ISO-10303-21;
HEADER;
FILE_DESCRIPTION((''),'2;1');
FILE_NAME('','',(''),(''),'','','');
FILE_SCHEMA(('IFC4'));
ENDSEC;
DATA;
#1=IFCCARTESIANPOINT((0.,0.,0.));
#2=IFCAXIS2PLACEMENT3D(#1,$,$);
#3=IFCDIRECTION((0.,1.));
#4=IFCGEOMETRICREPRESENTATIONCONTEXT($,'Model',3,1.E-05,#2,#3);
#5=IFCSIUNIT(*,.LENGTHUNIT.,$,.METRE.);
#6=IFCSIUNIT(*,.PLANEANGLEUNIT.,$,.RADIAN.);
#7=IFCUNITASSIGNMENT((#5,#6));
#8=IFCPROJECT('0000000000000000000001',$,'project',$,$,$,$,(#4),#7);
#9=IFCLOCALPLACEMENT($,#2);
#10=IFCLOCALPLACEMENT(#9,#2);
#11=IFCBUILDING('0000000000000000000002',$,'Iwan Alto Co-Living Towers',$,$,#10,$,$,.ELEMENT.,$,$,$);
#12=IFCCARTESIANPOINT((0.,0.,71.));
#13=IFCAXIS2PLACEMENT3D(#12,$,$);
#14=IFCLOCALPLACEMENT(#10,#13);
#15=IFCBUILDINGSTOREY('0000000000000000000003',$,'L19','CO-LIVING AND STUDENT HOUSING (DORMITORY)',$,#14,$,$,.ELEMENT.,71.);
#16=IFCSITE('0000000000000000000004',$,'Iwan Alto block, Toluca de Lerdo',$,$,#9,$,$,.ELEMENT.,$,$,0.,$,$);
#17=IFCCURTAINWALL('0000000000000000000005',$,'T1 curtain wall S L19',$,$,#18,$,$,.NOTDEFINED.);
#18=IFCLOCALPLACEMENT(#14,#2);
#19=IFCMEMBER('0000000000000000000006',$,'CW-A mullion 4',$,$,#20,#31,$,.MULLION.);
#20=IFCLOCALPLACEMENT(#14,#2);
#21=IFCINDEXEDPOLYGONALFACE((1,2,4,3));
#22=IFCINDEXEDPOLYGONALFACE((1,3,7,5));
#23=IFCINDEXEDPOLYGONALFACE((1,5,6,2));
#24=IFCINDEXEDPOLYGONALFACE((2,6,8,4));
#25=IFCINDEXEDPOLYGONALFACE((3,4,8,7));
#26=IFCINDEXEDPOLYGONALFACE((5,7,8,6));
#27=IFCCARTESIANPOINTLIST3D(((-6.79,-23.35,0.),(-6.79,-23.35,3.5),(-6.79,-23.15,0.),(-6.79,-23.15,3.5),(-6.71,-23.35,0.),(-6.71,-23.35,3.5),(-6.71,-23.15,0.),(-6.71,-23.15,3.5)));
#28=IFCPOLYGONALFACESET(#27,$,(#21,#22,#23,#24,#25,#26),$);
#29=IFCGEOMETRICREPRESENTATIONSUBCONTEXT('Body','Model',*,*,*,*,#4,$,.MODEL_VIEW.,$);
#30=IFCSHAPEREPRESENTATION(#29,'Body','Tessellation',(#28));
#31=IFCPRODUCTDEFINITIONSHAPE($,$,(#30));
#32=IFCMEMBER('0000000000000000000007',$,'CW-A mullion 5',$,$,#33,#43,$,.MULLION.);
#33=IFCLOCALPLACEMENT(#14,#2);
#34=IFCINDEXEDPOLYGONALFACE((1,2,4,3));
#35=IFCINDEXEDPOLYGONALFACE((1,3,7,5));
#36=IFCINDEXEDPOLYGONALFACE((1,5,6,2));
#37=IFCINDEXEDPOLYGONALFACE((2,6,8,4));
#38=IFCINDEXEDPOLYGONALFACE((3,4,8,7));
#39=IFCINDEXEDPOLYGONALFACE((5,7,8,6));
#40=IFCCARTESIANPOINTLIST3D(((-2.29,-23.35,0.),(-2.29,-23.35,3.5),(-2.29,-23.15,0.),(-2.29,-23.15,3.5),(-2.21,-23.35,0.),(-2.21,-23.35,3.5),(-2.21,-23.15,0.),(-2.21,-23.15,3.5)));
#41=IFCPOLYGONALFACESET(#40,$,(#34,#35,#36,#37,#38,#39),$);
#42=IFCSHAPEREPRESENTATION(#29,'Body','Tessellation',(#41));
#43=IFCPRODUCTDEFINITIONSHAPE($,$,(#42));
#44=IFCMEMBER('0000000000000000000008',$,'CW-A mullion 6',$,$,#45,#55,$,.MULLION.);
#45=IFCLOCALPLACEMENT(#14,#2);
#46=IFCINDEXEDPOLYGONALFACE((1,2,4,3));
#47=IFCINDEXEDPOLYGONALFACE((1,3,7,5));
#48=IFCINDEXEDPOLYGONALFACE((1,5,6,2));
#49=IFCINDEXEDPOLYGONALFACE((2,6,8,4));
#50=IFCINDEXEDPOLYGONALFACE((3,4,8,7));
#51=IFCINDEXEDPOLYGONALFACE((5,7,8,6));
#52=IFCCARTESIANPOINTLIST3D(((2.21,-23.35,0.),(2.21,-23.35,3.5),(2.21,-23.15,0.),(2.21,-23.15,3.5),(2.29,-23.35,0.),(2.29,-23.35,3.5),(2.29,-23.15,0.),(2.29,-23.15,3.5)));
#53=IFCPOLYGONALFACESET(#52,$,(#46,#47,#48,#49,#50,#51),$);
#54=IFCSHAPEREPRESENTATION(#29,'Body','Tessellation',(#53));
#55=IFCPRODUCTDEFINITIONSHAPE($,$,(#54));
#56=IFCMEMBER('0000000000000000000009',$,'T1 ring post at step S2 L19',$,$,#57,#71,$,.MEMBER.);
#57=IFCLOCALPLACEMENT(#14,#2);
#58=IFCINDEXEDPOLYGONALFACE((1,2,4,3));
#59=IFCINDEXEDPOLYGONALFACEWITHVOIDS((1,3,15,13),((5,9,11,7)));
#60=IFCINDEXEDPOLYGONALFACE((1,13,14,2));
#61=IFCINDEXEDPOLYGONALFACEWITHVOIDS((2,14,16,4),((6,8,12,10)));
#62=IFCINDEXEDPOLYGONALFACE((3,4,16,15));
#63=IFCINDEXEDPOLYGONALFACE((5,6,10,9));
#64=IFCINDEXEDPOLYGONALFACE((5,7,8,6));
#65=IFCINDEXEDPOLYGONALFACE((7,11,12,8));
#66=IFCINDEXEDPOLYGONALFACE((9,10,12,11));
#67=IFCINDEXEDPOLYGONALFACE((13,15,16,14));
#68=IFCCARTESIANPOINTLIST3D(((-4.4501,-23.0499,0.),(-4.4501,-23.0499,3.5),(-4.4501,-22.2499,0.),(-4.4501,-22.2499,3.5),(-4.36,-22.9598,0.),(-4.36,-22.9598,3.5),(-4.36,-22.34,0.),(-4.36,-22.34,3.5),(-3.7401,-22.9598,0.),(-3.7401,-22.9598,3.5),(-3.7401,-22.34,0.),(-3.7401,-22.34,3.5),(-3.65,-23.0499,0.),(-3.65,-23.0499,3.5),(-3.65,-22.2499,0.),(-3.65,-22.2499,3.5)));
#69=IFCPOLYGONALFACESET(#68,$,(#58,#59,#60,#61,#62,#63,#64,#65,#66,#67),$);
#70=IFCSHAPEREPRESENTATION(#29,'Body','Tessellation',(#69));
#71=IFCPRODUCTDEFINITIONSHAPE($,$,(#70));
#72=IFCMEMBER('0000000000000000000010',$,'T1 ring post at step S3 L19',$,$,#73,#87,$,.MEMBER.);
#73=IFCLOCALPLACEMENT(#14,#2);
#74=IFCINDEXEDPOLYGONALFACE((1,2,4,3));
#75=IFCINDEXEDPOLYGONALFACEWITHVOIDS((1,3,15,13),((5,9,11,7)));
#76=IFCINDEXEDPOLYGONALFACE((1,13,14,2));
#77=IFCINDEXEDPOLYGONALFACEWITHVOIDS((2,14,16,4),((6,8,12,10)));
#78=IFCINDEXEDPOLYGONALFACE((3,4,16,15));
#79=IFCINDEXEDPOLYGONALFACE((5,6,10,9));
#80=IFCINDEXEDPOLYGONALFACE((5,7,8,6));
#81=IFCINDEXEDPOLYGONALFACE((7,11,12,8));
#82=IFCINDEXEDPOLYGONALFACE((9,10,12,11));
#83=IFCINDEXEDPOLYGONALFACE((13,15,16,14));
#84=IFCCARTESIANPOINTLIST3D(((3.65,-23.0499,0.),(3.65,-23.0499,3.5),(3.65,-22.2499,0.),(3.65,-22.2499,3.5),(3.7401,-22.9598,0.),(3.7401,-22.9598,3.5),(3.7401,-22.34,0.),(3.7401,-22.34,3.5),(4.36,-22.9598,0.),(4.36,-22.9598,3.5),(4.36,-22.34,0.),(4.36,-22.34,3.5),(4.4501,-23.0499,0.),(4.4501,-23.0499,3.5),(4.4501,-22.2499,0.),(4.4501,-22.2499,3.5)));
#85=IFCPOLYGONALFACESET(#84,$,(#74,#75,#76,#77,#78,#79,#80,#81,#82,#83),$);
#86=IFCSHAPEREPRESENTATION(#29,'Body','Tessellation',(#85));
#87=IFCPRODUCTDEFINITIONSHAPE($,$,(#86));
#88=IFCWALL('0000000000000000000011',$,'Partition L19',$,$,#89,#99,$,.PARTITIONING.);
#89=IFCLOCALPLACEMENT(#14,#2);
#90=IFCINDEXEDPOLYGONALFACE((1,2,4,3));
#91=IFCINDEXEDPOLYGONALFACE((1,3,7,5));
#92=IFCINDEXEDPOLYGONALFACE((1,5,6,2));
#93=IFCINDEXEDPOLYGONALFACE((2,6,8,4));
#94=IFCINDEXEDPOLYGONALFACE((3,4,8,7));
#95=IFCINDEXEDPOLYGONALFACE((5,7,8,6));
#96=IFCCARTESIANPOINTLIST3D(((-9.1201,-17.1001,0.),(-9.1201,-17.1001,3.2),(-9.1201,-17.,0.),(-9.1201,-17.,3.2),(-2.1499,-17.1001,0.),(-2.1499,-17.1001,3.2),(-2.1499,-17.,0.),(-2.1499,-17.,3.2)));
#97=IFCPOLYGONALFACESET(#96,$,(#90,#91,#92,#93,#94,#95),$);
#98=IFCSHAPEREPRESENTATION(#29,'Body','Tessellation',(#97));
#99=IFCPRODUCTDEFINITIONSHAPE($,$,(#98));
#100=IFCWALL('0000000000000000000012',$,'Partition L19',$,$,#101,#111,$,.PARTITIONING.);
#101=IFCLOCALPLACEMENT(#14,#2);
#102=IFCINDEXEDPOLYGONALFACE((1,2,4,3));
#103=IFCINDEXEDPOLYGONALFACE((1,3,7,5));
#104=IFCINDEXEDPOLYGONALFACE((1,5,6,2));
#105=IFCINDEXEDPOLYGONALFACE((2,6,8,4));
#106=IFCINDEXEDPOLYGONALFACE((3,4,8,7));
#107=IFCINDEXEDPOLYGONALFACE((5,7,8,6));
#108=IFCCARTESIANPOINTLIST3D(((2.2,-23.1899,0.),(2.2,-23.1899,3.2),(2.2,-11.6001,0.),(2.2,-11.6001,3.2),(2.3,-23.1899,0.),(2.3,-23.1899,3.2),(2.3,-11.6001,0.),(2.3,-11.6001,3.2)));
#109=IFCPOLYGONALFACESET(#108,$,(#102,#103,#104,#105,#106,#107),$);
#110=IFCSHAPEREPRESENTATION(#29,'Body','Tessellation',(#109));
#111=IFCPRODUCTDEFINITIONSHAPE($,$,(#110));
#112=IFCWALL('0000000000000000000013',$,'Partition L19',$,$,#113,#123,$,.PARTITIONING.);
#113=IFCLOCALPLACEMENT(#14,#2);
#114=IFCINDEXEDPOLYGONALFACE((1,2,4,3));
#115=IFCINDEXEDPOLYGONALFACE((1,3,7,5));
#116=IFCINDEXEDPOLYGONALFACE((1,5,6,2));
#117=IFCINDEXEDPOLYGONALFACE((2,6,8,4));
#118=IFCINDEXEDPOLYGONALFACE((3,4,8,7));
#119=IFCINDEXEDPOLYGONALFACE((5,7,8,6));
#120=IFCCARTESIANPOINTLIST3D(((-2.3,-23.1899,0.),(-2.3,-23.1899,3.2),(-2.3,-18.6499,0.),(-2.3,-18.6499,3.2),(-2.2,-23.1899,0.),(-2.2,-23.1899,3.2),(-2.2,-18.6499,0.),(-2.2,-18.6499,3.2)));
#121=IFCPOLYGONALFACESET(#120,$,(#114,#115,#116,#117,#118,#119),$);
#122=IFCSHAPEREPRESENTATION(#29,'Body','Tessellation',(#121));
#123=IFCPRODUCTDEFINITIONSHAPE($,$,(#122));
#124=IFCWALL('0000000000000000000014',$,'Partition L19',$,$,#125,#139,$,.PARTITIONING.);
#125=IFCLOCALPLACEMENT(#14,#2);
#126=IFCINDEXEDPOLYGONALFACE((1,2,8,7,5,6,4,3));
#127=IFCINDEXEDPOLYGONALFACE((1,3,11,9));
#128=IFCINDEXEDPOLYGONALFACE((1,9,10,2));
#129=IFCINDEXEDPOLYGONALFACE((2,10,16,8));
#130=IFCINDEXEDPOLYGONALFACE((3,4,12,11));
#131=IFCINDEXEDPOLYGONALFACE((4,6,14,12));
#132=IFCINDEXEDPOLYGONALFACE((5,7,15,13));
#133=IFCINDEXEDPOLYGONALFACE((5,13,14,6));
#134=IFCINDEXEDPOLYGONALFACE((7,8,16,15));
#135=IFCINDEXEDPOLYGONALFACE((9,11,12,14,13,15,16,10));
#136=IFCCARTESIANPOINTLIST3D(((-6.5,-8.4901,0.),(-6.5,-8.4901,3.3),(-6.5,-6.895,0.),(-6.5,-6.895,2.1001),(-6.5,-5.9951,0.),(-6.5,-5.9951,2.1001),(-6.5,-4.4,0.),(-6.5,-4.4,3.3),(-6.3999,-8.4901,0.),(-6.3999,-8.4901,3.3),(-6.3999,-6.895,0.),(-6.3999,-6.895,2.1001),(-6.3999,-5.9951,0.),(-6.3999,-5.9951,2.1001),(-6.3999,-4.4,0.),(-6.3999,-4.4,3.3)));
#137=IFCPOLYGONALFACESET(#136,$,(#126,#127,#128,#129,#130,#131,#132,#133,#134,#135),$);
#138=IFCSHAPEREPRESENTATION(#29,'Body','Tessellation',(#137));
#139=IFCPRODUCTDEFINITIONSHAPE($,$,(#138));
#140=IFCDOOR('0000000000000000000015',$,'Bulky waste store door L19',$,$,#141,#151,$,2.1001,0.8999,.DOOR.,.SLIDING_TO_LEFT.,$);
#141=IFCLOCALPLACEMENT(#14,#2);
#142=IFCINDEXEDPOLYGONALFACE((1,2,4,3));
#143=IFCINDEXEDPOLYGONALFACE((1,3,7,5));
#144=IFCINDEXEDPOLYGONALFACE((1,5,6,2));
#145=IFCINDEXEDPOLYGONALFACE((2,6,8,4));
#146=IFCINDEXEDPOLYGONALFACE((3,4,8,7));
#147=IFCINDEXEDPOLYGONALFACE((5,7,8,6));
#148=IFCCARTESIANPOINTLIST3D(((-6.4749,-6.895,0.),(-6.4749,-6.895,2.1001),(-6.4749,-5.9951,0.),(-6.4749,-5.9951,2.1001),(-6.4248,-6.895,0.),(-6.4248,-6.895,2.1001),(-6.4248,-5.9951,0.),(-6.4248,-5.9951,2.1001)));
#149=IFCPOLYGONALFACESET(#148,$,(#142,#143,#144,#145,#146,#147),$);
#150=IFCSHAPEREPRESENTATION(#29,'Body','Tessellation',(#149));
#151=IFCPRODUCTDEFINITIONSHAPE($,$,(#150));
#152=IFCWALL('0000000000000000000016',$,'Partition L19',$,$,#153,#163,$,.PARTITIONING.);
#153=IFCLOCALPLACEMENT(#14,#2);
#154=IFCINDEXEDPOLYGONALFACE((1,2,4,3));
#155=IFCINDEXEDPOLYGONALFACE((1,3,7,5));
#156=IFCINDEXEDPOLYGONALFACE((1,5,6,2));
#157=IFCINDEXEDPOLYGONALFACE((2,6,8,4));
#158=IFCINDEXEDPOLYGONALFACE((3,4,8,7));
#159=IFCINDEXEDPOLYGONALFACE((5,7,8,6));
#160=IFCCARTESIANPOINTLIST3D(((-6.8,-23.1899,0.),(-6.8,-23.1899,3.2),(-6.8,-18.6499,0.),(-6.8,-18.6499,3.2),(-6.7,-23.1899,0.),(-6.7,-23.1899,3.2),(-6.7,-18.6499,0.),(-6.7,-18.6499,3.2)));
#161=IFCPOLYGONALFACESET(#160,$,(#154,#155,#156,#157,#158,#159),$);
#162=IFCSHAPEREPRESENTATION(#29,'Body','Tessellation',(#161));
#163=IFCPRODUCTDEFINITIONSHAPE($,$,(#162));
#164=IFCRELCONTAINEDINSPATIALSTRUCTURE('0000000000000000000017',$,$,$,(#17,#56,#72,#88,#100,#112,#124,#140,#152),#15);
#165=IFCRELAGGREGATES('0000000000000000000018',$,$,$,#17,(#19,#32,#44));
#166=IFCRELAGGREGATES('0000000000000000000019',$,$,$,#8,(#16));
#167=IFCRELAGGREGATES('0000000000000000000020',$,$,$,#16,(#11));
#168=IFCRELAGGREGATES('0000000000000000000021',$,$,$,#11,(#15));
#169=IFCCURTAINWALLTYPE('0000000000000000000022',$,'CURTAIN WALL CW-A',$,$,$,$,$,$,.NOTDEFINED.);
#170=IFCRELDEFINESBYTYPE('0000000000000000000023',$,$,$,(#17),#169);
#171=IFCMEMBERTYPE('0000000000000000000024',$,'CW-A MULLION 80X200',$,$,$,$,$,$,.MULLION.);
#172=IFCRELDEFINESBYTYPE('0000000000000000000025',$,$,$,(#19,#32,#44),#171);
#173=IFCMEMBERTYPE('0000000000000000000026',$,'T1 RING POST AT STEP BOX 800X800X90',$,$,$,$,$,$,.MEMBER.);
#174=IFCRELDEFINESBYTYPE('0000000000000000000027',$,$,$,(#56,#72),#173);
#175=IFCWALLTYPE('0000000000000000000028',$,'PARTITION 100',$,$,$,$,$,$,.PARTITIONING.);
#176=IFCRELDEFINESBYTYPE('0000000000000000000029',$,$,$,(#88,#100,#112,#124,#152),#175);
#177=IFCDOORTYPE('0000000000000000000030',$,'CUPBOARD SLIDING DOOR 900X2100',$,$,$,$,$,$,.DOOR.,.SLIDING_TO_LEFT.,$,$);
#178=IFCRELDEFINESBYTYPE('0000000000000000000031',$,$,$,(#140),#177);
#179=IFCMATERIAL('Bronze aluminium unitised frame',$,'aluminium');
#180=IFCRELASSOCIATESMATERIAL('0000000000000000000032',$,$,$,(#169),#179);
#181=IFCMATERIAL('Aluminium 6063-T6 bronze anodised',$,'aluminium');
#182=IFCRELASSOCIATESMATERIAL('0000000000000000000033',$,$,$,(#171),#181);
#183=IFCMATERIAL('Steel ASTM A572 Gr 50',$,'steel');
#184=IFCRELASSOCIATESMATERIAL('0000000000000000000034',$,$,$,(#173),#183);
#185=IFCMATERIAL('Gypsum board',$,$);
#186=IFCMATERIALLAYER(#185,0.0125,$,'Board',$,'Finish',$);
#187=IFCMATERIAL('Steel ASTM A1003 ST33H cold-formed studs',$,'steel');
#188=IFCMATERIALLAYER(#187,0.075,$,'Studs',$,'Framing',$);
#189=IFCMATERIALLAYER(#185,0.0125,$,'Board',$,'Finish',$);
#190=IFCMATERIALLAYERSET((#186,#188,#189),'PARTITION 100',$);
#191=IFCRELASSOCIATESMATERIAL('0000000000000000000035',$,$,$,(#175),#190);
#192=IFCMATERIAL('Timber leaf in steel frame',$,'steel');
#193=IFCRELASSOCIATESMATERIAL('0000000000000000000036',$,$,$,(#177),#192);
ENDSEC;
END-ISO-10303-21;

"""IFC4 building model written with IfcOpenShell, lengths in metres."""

from ifc_helpers import new_model, si_unit, direction, frame, frame_2d, origin, origin_2d, place, context, subcontext, project, spatial, rectangle, hollow_rectangle, extrude, material, layer, layer_set, material_profile, profile_set, type_object, element, fill, aggregate, save


model = new_model("IFC4")

# Units and contexts
model_context = context("Model", 3, precision=1e-05, world=origin(), true_north=direction((0.0, 1.0)))
body_context = subcontext(model_context, "Body", "Model", "MODEL_VIEW")
ifc_project = project(units=[si_unit("LENGTHUNIT", "METRE"), si_unit("PLANEANGLEUNIT", "RADIAN")], contexts=[model_context])

# Site, building, storey
site_placement = place(None, origin())
site = spatial("IfcSite", under=ifc_project, at=site_placement, Name="Iwan Alto block, Toluca de Lerdo", CompositionType="ELEMENT", RefElevation=0.0)
building_placement = place(site_placement, origin())
building = spatial("IfcBuilding", under=site, at=building_placement, Name="Iwan Alto Co-Living Towers", CompositionType="ELEMENT")
storey_placement = place(building_placement, frame((0.0, 0.0, 71.0)))
storey = spatial("IfcBuildingStorey", under=building, at=storey_placement, Name="L19", Description="CO-LIVING AND STUDENT HOUSING (DORMITORY)", CompositionType="ELEMENT", Elevation=71.0)

# Curtain wall, members
ifc_material_1 = material(Name="Bronze aluminium unitised frame", Category="aluminium")
curtain_wall_type = type_object("IfcCurtainWallType", Name="CURTAIN WALL CW-A", PredefinedType="NOTDEFINED", material=ifc_material_1)
curtain_wall_placement = place(storey_placement, origin())
curtain_wall = element("IfcCurtainWall", 1, at=curtain_wall_placement, inside=storey, type_object=curtain_wall_type, Name="T1 curtain wall S L19", PredefinedType="NOTDEFINED")
ifc_material_2 = material(Name="Aluminium 6063-T6 bronze anodised", Category="aluminium")
ifc_material_profile_1 = material_profile(ifc_material_2, rectangle(XDim=0.2, YDim=0.0801, at=origin_2d()), Name="AL 80X200")
ifc_profile_set_1 = profile_set([ifc_material_profile_1], Name="Aluminium 6063-T6 bronze anodised")
member_type_1 = type_object("IfcMemberType", Name="CW-A MULLION 80X200", PredefinedType="MULLION", material=ifc_profile_set_1)
member_1_placement = place(storey_placement, frame((-6.75, -23.25, 0.0), z_axis=(0.0, 0.0, 1.0), x_axis=(0.0, 1.0, 0.0)))
member_1 = element("IfcMember", 2, at=member_1_placement, type_object=member_type_1, Name="CW-A mullion 4", PredefinedType="MULLION", context=body_context, shape_type="SweptSolid", body=[
    extrude(rectangle(XDim=0.2, YDim=0.0801, at=origin_2d()), origin(), (0.0, 0.0, 1.0), 3.5),
])
member_2_placement = place(storey_placement, frame((-2.25, -23.25, 0.0), z_axis=(0.0, 0.0, 1.0), x_axis=(0.0, 1.0, 0.0)))
member_2 = element("IfcMember", 3, at=member_2_placement, type_object=member_type_1, Name="CW-A mullion 5", PredefinedType="MULLION", context=body_context, shape_type="SweptSolid", body=[
    extrude(rectangle(XDim=0.2, YDim=0.0801, at=origin_2d()), origin(), (0.0, 0.0, 1.0), 3.5),
])
member_3_placement = place(storey_placement, frame((2.25, -23.25, 0.0), z_axis=(0.0, 0.0, 1.0), x_axis=(0.0, 1.0, 0.0)))
member_3 = element("IfcMember", 4, at=member_3_placement, type_object=member_type_1, Name="CW-A mullion 6", PredefinedType="MULLION", context=body_context, shape_type="SweptSolid", body=[
    extrude(rectangle(XDim=0.2, YDim=0.0801, at=origin_2d()), origin(), (0.0, 0.0, 1.0), 3.5),
])
aggregate(curtain_wall, [member_1, member_2, member_3])

# Members
ifc_material_3 = material(Name="Steel ASTM A572 Gr 50", Category="steel")
ifc_material_profile_2 = material_profile(ifc_material_3, hollow_rectangle(XDim=0.8, YDim=0.8, WallThickness=0.0901, at=origin_2d()), Name="BOX 800X800X90")
ifc_profile_set_2 = profile_set([ifc_material_profile_2], Name="Steel ASTM A572 Gr 50")
member_type_2 = type_object("IfcMemberType", Name="T1 RING POST AT STEP BOX 800X800X90", PredefinedType="MEMBER", material=ifc_profile_set_2)
for number, where, z_axis, x_axis, name in (
    (5, (-4.05, -22.6499, 0.0), (0.0, 0.0, 1.0), (1.0, 0.0, 0.0), "T1 ring post at step S2 L19"),
    (6, (4.05, -22.6499, 0.0), (0.0, 0.0, 1.0), (1.0, 0.0, 0.0), "T1 ring post at step S3 L19"),
):
    element("IfcMember", number, at=place(storey_placement, frame(where, z_axis=z_axis, x_axis=x_axis)), inside=storey, type_object=member_type_2, Name=name, PredefinedType="MEMBER", context=body_context, shape_type="SweptSolid", body=[
        extrude(hollow_rectangle(XDim=0.8, YDim=0.8, WallThickness=0.0901, at=origin_2d()), origin(), (0.0, 0.0, 1.0), 3.5),
    ])

# Walls
ifc_material_4 = material(Name="Gypsum board")
ifc_layer_1 = layer(ifc_material_4, 0.0125, Name="Board", Category="Finish")
ifc_material_5 = material(Name="Steel ASTM A1003 ST33H cold-formed studs", Category="steel")
ifc_layer_2 = layer(ifc_material_5, 0.075, Name="Studs", Category="Framing")
ifc_layer_3 = layer(ifc_material_4, 0.0125, Name="Board", Category="Finish")
ifc_layer_set_1 = layer_set([ifc_layer_1, ifc_layer_2, ifc_layer_3], Name="PARTITION 100")
wall_type_1 = type_object("IfcWallType", Name="PARTITION 100", PredefinedType="PARTITIONING", material=ifc_layer_set_1)
wall_1_placement = place(storey_placement, frame((-9.1201, -17.05, 0.0), z_axis=(0.0, 0.0, 1.0), x_axis=(1.0, 0.0, 0.0)))
element("IfcWall", 7, at=wall_1_placement, inside=storey, type_object=wall_type_1, Name="Partition L19", PredefinedType="PARTITIONING", context=body_context, shape_type="SweptSolid", body=[
    extrude(rectangle(XDim=6.9702, YDim=0.1001, at=frame_2d((3.4851, 0.0))), origin(), (0.0, 0.0, 1.0), 3.2),
])
wall_2_placement = place(storey_placement, frame((2.25, -23.1899, 0.0), z_axis=(0.0, 0.0, 1.0), x_axis=(0.0, 1.0, 0.0)))
element("IfcWall", 8, at=wall_2_placement, inside=storey, type_object=wall_type_1, Name="Partition L19", PredefinedType="PARTITIONING", context=body_context, shape_type="SweptSolid", body=[
    extrude(rectangle(XDim=11.5898, YDim=0.1001, at=frame_2d((5.7949, 0.0))), origin(), (0.0, 0.0, 1.0), 3.2),
])
wall_3_placement = place(storey_placement, frame((-2.25, -23.1899, 0.0), z_axis=(0.0, 0.0, 1.0), x_axis=(0.0, 1.0, 0.0)))
element("IfcWall", 9, at=wall_3_placement, inside=storey, type_object=wall_type_1, Name="Partition L19", PredefinedType="PARTITIONING", context=body_context, shape_type="SweptSolid", body=[
    extrude(rectangle(XDim=4.54, YDim=0.1001, at=frame_2d((2.27, 0.0))), origin(), (0.0, 0.0, 1.0), 3.2),
])

# Wall, opening, door
wall_4_placement = place(storey_placement, frame((-6.45, -8.49, 0.0), z_axis=(0.0, 0.0, 1.0), x_axis=(0.0, 1.0, 0.0)))
wall_4 = element("IfcWall", 10, at=wall_4_placement, inside=storey, type_object=wall_type_1, Name="Partition L19", PredefinedType="PARTITIONING", context=body_context, shape_type="SweptSolid", body=[
    extrude(rectangle(XDim=4.0901, YDim=0.1001, at=frame_2d((2.0449, 0.0))), origin(), (0.0, 0.0, 1.0), 3.3),
])
opening_1_placement = place(wall_4_placement, frame((1.595, 0.0, 0.0)))
opening_1 = element("IfcOpeningElement", 11, at=opening_1_placement, cuts=wall_4, PredefinedType="OPENING", context=body_context, shape_type="SweptSolid", body=[
    extrude(rectangle(XDim=0.8999, YDim=2.1001, at=frame_2d((0.45, 1.05))), frame((0.0, 0.0601, 0.0), z_axis=(0.0, -1.0, 0.0), x_axis=(1.0, 0.0, 0.0)), (0.0, 0.0, 1.0), 0.1201),
])
ifc_material_6 = material(Name="Timber leaf in steel frame", Category="steel")
door_type_1 = type_object("IfcDoorType", Name="CUPBOARD SLIDING DOOR 900X2100", OperationType="SLIDING_TO_LEFT", PredefinedType="DOOR", material=ifc_material_6)
door_1_placement = place(opening_1_placement, origin())
door_1 = element("IfcDoor", 12, at=door_1_placement, inside=storey, type_object=door_type_1, Name="Bulky waste store door L19", OperationType="SLIDING_TO_LEFT", OverallHeight=2.1001, OverallWidth=0.8999, PredefinedType="DOOR", context=body_context, shape_type="SweptSolid", body=[
    extrude(rectangle(XDim=0.8999, YDim=2.1001, at=frame_2d((0.45, 1.05))), frame((0.0, 0.0249, 0.0), z_axis=(0.0, -1.0, 0.0), x_axis=(1.0, 0.0, 0.0)), (0.0, 0.0, 1.0), 0.05),
])
fill(opening_1, door_1)

# Wall
wall_5_placement = place(storey_placement, frame((-6.75, -23.1899, 0.0), z_axis=(0.0, 0.0, 1.0), x_axis=(0.0, 1.0, 0.0)))
element("IfcWall", 13, at=wall_5_placement, inside=storey, type_object=wall_type_1, Name="Partition L19", PredefinedType="PARTITIONING", context=body_context, shape_type="SweptSolid", body=[
    extrude(rectangle(XDim=4.54, YDim=0.1001, at=frame_2d((2.27, 0.0))), origin(), (0.0, 0.0, 1.0), 3.2),
])

save(model, "model.ifc")
